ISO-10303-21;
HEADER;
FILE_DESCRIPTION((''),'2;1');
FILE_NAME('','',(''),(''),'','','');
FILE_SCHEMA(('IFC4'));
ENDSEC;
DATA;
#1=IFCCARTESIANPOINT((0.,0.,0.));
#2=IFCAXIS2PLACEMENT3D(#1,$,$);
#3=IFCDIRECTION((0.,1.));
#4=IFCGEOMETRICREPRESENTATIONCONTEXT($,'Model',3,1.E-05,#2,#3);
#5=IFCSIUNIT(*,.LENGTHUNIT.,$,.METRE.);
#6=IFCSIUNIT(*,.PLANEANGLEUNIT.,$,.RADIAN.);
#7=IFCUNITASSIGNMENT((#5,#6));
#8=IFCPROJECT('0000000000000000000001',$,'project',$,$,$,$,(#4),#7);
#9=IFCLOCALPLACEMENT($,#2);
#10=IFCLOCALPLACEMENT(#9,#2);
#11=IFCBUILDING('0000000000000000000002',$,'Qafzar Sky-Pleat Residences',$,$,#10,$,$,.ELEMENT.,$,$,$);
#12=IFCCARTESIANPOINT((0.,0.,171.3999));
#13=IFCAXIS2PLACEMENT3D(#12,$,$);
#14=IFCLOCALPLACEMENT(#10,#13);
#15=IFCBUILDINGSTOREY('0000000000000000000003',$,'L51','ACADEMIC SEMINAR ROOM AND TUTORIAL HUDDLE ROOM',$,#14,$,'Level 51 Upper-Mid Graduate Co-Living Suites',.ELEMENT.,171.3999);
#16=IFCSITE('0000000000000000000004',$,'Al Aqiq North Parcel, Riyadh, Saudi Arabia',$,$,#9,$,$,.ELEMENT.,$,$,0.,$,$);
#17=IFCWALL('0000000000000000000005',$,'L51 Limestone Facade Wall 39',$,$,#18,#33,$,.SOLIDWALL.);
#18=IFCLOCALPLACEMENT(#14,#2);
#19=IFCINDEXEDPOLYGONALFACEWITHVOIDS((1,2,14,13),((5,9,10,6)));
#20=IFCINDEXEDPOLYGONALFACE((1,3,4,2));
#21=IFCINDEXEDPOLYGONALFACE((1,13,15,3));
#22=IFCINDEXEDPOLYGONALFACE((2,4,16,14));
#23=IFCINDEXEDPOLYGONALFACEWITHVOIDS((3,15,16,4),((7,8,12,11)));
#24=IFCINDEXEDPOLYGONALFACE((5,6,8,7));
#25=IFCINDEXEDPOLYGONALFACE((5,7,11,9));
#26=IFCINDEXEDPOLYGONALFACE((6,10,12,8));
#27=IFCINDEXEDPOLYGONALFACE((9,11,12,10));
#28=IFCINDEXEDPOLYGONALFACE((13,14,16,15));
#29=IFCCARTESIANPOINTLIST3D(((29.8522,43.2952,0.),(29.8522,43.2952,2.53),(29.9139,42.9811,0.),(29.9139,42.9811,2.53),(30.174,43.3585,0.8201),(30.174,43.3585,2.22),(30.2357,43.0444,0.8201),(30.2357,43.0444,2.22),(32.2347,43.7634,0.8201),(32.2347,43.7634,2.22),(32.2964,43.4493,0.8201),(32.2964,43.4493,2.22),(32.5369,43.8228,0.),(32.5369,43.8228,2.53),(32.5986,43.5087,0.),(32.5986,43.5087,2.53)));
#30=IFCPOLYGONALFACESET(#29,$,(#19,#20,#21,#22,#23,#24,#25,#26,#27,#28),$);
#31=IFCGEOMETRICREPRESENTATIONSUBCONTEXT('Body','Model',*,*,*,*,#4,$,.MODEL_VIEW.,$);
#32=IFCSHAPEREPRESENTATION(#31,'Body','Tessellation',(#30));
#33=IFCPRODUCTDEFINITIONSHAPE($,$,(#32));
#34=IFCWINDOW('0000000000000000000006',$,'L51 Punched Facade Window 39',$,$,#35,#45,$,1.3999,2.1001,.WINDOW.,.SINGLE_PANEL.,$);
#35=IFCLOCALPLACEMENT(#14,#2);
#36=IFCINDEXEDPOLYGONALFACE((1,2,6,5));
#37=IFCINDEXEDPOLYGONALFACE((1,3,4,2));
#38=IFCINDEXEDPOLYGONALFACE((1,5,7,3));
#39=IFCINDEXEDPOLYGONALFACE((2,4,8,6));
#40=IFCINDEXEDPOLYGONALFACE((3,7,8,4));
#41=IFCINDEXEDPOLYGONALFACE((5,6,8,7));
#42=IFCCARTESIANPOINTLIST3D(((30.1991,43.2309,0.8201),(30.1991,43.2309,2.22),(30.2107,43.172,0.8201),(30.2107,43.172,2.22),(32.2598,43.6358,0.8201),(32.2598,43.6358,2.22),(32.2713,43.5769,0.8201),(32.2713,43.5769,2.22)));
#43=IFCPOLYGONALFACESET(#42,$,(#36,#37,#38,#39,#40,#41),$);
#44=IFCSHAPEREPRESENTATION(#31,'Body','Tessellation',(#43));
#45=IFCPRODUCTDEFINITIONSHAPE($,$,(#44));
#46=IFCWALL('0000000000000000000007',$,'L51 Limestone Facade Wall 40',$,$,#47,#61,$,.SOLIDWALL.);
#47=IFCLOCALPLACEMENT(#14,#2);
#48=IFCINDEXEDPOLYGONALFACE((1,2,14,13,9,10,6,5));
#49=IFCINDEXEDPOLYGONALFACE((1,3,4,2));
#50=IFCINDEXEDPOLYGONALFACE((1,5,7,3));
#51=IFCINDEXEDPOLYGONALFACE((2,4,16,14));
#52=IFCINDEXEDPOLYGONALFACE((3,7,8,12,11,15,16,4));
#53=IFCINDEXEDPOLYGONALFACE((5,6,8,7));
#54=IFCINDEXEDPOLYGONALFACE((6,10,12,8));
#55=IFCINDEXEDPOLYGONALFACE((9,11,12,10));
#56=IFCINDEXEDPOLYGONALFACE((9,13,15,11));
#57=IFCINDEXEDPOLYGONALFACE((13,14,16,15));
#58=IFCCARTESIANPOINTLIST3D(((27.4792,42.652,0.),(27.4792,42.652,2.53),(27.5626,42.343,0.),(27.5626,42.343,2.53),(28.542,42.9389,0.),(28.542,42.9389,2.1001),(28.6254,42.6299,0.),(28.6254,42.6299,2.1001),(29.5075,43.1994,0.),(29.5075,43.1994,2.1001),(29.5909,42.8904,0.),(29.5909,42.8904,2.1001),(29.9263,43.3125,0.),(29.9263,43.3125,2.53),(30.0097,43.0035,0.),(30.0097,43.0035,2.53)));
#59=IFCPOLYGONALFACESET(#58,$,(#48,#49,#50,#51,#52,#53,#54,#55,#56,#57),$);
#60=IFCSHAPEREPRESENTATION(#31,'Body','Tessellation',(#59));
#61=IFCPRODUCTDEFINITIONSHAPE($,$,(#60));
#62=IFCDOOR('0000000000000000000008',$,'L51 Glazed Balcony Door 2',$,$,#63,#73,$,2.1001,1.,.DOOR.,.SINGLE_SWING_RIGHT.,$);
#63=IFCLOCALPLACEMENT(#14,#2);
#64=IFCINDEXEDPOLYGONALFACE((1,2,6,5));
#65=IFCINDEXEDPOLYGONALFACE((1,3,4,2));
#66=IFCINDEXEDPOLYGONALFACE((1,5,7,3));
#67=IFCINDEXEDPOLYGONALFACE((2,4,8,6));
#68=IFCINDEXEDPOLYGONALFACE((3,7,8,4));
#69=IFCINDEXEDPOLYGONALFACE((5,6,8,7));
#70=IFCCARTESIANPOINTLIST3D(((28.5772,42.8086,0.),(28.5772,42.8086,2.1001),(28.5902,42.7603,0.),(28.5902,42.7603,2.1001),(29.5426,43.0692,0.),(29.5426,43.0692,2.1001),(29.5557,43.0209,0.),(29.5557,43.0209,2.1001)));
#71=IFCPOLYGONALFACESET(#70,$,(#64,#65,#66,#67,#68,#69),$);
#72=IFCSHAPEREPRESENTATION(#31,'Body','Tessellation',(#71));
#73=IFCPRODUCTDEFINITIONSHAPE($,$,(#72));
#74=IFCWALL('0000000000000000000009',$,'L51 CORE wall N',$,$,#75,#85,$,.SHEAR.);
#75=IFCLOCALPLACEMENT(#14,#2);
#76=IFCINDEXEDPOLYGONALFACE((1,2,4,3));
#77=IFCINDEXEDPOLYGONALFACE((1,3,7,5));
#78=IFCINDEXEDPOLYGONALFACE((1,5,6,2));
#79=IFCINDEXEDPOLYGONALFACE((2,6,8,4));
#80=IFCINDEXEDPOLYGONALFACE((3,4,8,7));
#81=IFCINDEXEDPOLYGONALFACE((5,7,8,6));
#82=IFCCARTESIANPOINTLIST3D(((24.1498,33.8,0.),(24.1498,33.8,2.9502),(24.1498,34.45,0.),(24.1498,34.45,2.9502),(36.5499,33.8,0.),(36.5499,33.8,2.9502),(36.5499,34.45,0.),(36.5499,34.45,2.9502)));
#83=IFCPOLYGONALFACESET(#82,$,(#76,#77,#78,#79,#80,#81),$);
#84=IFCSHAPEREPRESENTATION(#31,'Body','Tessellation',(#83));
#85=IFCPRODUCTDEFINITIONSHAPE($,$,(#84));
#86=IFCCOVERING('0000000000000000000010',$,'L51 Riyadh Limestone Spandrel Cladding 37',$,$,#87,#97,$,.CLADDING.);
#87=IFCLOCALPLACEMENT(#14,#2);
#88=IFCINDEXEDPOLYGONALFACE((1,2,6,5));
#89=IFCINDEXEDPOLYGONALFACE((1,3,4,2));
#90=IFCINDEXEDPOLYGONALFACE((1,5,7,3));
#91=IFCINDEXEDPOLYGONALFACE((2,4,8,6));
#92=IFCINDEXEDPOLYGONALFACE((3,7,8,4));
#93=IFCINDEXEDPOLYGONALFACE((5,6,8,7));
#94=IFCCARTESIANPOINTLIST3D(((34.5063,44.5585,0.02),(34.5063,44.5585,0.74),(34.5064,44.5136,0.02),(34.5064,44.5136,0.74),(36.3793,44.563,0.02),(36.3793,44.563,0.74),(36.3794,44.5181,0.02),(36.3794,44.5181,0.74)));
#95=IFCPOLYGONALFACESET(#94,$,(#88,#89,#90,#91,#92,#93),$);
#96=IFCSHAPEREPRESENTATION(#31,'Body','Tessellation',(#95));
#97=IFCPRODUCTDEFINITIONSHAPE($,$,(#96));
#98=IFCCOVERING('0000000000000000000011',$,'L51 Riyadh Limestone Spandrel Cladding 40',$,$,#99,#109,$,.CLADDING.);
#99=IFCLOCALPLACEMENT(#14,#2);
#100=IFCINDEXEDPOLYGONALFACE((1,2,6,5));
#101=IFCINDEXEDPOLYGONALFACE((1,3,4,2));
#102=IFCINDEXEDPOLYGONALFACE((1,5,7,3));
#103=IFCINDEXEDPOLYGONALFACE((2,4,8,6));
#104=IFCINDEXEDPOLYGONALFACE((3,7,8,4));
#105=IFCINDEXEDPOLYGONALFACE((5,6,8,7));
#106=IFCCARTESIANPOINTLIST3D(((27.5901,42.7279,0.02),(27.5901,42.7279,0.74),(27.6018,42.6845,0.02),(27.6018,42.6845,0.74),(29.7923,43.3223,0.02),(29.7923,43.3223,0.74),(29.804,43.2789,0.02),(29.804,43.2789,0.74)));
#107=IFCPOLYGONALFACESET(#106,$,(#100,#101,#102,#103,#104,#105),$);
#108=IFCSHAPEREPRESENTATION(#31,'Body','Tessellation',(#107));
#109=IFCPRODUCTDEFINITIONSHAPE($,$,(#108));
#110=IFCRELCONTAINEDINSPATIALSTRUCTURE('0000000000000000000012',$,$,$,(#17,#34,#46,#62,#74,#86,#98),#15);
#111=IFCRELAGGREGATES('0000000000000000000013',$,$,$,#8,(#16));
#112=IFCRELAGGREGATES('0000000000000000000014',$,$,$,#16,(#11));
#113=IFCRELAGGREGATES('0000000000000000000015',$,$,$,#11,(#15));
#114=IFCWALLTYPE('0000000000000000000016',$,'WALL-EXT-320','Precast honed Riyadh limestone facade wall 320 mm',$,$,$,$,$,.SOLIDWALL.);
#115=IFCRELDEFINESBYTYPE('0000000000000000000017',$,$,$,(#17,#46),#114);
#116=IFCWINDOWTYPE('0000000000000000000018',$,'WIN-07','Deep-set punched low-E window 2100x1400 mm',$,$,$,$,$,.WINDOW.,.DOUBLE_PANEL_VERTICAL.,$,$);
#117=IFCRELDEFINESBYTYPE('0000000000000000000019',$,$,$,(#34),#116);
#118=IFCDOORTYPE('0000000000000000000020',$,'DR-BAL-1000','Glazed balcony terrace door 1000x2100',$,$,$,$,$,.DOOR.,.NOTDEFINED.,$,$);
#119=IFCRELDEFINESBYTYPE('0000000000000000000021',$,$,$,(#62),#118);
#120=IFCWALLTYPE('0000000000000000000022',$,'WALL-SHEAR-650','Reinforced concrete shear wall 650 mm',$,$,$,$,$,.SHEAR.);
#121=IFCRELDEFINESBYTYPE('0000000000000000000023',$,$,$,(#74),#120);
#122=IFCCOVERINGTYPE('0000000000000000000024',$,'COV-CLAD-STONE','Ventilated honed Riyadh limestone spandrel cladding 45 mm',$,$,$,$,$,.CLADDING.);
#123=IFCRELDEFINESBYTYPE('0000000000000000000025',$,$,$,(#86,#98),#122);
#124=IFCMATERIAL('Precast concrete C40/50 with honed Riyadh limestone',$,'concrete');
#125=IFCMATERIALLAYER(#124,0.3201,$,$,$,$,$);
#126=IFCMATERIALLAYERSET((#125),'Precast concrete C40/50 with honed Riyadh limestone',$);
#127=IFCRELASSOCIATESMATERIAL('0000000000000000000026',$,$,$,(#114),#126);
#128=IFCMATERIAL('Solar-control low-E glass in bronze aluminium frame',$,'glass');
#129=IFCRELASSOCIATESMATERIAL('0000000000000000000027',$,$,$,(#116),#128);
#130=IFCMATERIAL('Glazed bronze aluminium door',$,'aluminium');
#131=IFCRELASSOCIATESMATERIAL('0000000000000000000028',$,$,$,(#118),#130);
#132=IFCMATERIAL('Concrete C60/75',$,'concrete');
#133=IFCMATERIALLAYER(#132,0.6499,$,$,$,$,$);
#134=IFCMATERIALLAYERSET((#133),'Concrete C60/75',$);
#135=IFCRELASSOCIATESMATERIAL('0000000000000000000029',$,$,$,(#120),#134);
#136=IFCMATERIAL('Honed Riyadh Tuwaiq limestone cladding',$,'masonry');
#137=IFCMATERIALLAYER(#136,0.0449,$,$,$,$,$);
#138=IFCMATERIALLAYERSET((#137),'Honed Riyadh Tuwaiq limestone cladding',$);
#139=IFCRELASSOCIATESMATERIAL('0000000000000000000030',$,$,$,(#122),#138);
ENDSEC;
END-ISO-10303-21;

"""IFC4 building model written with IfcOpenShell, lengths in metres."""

from ifc_helpers import new_model, si_unit, direction, frame, frame_2d, origin, origin_2d, place, context, subcontext, project, spatial, rectangle, extrude, source, transform, mapped, material, layer, layer_set, type_object, element, fill, save


model = new_model("IFC4")

# Units and contexts
model_context = context("Model", 3, precision=1e-05, world=origin(), true_north=direction((0.0, 1.0)))
body_context = subcontext(model_context, "Body", "Model", "MODEL_VIEW")
ifc_project = project(units=[si_unit("LENGTHUNIT", "METRE"), si_unit("PLANEANGLEUNIT", "RADIAN")], contexts=[model_context])

# Site, building, storey
site_placement = place(None, origin())
site = spatial("IfcSite", under=ifc_project, at=site_placement, Name="Al Aqiq North Parcel, Riyadh, Saudi Arabia", CompositionType="ELEMENT", RefElevation=0.0)
building_placement = place(site_placement, origin())
building = spatial("IfcBuilding", under=site, at=building_placement, Name="Qafzar Sky-Pleat Residences", CompositionType="ELEMENT")
storey_placement = place(building_placement, frame((0.0, 0.0, 171.3999)))
storey = spatial("IfcBuildingStorey", under=building, at=storey_placement, Name="L51", Description="ACADEMIC SEMINAR ROOM AND TUTORIAL HUDDLE ROOM", LongName="Level 51 Upper-Mid Graduate Co-Living Suites", CompositionType="ELEMENT", Elevation=171.3999)

# Wall, opening, window
ifc_material_1 = material(Name="Precast concrete C40/50 with honed Riyadh limestone", Category="concrete")
ifc_layer_1 = layer(ifc_material_1, 0.3201)
ifc_layer_set_1 = layer_set([ifc_layer_1], Name="Precast concrete C40/50 with honed Riyadh limestone")
wall_type_1 = type_object("IfcWallType", Name="WALL-EXT-320", Description="Precast honed Riyadh limestone facade wall 320 mm", PredefinedType="SOLIDWALL", material=ifc_layer_set_1)
ifc_material_2 = material(Name="Solar-control low-E glass in bronze aluminium frame", Category="glass")
wall_1_placement = place(storey_placement, frame((32.5679, 43.6658, 0.0), z_axis=(0.0, 0.0, 1.0), x_axis=(-0.981234, -0.19282, 0.0)))
wall_1 = element("IfcWall", 1, at=wall_1_placement, inside=storey, type_object=wall_type_1, Name="L51 Limestone Facade Wall 39", PredefinedType="SOLIDWALL", context=body_context, shape_type="SweptSolid", body=[
    extrude(rectangle(XDim=2.7361, YDim=0.3201, at=frame_2d((1.3682, 0.0))), origin(), (0.0, 0.0, 1.0), 2.53),
])
opening_1_placement = place(wall_1_placement, frame((0.3081, 0.0, 0.8201)))
opening_1 = element("IfcOpeningElement", 2, at=opening_1_placement, cuts=wall_1, PredefinedType="OPENING", context=body_context, shape_type="SweptSolid", body=[
    extrude(rectangle(XDim=2.1001, YDim=1.3999, at=frame_2d((1.05, 0.7))), frame((0.0, 0.1699, 0.0), z_axis=(0.0, -1.0, 0.0), x_axis=(1.0, 0.0, 0.0)), (0.0, 0.0, 1.0), 0.3401),
])
window_type_1 = type_object("IfcWindowType", Name="WIN-07", Description="Deep-set punched low-E window 2100x1400 mm", PartitioningType="DOUBLE_PANEL_VERTICAL", PredefinedType="WINDOW", material=ifc_material_2)
shared_shape_1 = source(origin(), body_context, "Body", "SweptSolid", [
    extrude(rectangle(XDim=2.1001, YDim=1.3999, at=frame_2d((1.05, 0.7))), frame((0.0, 0.03, 0.0), z_axis=(0.0, -1.0, 0.0), x_axis=(1.0, 0.0, 0.0)), (0.0, 0.0, 1.0), 0.0601),
])
window_1_placement = place(opening_1_placement, origin())
window_1 = element("IfcWindow", 3, at=window_1_placement, inside=storey, type_object=window_type_1, Name="L51 Punched Facade Window 39", OverallHeight=1.3999, OverallWidth=2.1001, PartitioningType="SINGLE_PANEL", PredefinedType="WINDOW", context=body_context, shape_type="MappedRepresentation", body=[
    mapped(shared_shape_1, transform((0.0, 0.0, 0.0), x_axis=(1.0, 0.0, 0.0), y_axis=(0.0, 1.0, 0.0), z_axis=(0.0, 0.0, 1.0), scale=1.0)),
])
fill(opening_1, window_1)

# Wall, opening, door
wall_2_placement = place(storey_placement, frame((29.968, 43.158, 0.0), z_axis=(0.0, 0.0, 1.0), x_axis=(-0.965458, -0.260557, 0.0)))
wall_2 = element("IfcWall", 4, at=wall_2_placement, inside=storey, type_object=wall_type_1, Name="L51 Limestone Facade Wall 40", PredefinedType="SOLIDWALL", context=body_context, shape_type="SweptSolid", body=[
    extrude(rectangle(XDim=2.5347, YDim=0.3201, at=frame_2d((1.2673, 0.0))), origin(), (0.0, 0.0, 1.0), 2.53),
])
opening_2_placement = place(wall_2_placement, frame((0.4338, 0.0, 0.0)))
opening_2 = element("IfcOpeningElement", 5, at=opening_2_placement, cuts=wall_2, PredefinedType="OPENING", context=body_context, shape_type="SweptSolid", body=[
    extrude(rectangle(XDim=1.0, YDim=2.1001, at=frame_2d((0.5, 1.05))), frame((0.0, 0.1699, 0.0), z_axis=(0.0, -1.0, 0.0), x_axis=(1.0, 0.0, 0.0)), (0.0, 0.0, 1.0), 0.3401),
])
ifc_material_3 = material(Name="Glazed bronze aluminium door", Category="aluminium")
door_type_1 = type_object("IfcDoorType", Name="DR-BAL-1000", Description="Glazed balcony terrace door 1000x2100", OperationType="NOTDEFINED", PredefinedType="DOOR", material=ifc_material_3)
shared_shape_2 = source(origin(), body_context, "Body", "SweptSolid", [
    extrude(rectangle(XDim=1.0, YDim=2.1001, at=frame_2d((0.5, 1.05))), frame((0.0, 0.0249, 0.0), z_axis=(0.0, -1.0, 0.0), x_axis=(1.0, 0.0, 0.0)), (0.0, 0.0, 1.0), 0.05),
])
door_1_placement = place(opening_2_placement, origin())
door_1 = element("IfcDoor", 6, at=door_1_placement, inside=storey, type_object=door_type_1, Name="L51 Glazed Balcony Door 2", OperationType="SINGLE_SWING_RIGHT", OverallHeight=2.1001, OverallWidth=1.0, PredefinedType="DOOR", context=body_context, shape_type="MappedRepresentation", body=[
    mapped(shared_shape_2, transform((0.0, 0.0, 0.0), x_axis=(1.0, 0.0, 0.0), y_axis=(0.0, 1.0, 0.0), z_axis=(0.0, 0.0, 1.0), scale=1.0)),
])
fill(opening_2, door_1)

# Wall
ifc_material_4 = material(Name="Concrete C60/75", Category="concrete")
ifc_layer_2 = layer(ifc_material_4, 0.6499)
ifc_layer_set_2 = layer_set([ifc_layer_2], Name="Concrete C60/75")
wall_type_2 = type_object("IfcWallType", Name="WALL-SHEAR-650", Description="Reinforced concrete shear wall 650 mm", PredefinedType="SHEAR", material=ifc_layer_set_2)
wall_3_placement = place(storey_placement, frame((36.55, 34.125, 0.0), z_axis=(0.0, 0.0, 1.0), x_axis=(-1.0, 0.0, 0.0)))
element("IfcWall", 7, at=wall_3_placement, inside=storey, type_object=wall_type_2, Name="L51 CORE wall N", PredefinedType="SHEAR", context=body_context, shape_type="SweptSolid", body=[
    extrude(rectangle(XDim=12.4001, YDim=0.6499, at=frame_2d((6.2002, 0.0))), origin(), (0.0, 0.0, 1.0), 2.9502),
])

# Covering
ifc_material_5 = material(Name="Honed Riyadh Tuwaiq limestone cladding", Category="masonry")
ifc_layer_3 = layer(ifc_material_5, 0.0449)
ifc_layer_set_3 = layer_set([ifc_layer_3], Name="Honed Riyadh Tuwaiq limestone cladding")
covering_type = type_object("IfcCoveringType", Name="COV-CLAD-STONE", Description="Ventilated honed Riyadh limestone spandrel cladding 45 mm", PredefinedType="CLADDING", material=ifc_layer_set_3)
shared_shape_3 = source(origin(), body_context, "Body", "SweptSolid", [
    extrude(rectangle(XDim=1.873, YDim=0.0449, at=origin_2d()), origin(), (0.0, 0.0, 1.0), 0.72),
])
covering_1_placement = place(storey_placement, frame((35.4429, 44.5383, 0.02), z_axis=(0.0, 0.0, 1.0), x_axis=(-0.999997, -0.002403, 0.0)))
element("IfcCovering", 8, at=covering_1_placement, inside=storey, type_object=covering_type, Name="L51 Riyadh Limestone Spandrel Cladding 37", PredefinedType="CLADDING", context=body_context, shape_type="MappedRepresentation", body=[
    mapped(shared_shape_3, transform((0.0, 0.0, 0.0), x_axis=(1.0, 0.0, 0.0), y_axis=(0.0, 1.0, 0.0), z_axis=(0.0, 0.0, 1.0), scale=1.0)),
])

# Covering
shared_shape_4 = source(origin(), body_context, "Body", "SweptSolid", [
    extrude(rectangle(XDim=2.281, YDim=0.0449, at=origin_2d()), origin(), (0.0, 0.0, 1.0), 0.72),
])
covering_2_placement = place(storey_placement, frame((28.697, 43.0034, 0.02), z_axis=(0.0, 0.0, 1.0), x_axis=(-0.965453, -0.260579, 0.0)))
element("IfcCovering", 9, at=covering_2_placement, inside=storey, type_object=covering_type, Name="L51 Riyadh Limestone Spandrel Cladding 40", PredefinedType="CLADDING", context=body_context, shape_type="MappedRepresentation", body=[
    mapped(shared_shape_4, transform((0.0, 0.0, 0.0), x_axis=(1.0, 0.0, 0.0), y_axis=(0.0, 1.0, 0.0), z_axis=(0.0, 0.0, 1.0), scale=1.0)),
])

save(model, "model.ifc")
